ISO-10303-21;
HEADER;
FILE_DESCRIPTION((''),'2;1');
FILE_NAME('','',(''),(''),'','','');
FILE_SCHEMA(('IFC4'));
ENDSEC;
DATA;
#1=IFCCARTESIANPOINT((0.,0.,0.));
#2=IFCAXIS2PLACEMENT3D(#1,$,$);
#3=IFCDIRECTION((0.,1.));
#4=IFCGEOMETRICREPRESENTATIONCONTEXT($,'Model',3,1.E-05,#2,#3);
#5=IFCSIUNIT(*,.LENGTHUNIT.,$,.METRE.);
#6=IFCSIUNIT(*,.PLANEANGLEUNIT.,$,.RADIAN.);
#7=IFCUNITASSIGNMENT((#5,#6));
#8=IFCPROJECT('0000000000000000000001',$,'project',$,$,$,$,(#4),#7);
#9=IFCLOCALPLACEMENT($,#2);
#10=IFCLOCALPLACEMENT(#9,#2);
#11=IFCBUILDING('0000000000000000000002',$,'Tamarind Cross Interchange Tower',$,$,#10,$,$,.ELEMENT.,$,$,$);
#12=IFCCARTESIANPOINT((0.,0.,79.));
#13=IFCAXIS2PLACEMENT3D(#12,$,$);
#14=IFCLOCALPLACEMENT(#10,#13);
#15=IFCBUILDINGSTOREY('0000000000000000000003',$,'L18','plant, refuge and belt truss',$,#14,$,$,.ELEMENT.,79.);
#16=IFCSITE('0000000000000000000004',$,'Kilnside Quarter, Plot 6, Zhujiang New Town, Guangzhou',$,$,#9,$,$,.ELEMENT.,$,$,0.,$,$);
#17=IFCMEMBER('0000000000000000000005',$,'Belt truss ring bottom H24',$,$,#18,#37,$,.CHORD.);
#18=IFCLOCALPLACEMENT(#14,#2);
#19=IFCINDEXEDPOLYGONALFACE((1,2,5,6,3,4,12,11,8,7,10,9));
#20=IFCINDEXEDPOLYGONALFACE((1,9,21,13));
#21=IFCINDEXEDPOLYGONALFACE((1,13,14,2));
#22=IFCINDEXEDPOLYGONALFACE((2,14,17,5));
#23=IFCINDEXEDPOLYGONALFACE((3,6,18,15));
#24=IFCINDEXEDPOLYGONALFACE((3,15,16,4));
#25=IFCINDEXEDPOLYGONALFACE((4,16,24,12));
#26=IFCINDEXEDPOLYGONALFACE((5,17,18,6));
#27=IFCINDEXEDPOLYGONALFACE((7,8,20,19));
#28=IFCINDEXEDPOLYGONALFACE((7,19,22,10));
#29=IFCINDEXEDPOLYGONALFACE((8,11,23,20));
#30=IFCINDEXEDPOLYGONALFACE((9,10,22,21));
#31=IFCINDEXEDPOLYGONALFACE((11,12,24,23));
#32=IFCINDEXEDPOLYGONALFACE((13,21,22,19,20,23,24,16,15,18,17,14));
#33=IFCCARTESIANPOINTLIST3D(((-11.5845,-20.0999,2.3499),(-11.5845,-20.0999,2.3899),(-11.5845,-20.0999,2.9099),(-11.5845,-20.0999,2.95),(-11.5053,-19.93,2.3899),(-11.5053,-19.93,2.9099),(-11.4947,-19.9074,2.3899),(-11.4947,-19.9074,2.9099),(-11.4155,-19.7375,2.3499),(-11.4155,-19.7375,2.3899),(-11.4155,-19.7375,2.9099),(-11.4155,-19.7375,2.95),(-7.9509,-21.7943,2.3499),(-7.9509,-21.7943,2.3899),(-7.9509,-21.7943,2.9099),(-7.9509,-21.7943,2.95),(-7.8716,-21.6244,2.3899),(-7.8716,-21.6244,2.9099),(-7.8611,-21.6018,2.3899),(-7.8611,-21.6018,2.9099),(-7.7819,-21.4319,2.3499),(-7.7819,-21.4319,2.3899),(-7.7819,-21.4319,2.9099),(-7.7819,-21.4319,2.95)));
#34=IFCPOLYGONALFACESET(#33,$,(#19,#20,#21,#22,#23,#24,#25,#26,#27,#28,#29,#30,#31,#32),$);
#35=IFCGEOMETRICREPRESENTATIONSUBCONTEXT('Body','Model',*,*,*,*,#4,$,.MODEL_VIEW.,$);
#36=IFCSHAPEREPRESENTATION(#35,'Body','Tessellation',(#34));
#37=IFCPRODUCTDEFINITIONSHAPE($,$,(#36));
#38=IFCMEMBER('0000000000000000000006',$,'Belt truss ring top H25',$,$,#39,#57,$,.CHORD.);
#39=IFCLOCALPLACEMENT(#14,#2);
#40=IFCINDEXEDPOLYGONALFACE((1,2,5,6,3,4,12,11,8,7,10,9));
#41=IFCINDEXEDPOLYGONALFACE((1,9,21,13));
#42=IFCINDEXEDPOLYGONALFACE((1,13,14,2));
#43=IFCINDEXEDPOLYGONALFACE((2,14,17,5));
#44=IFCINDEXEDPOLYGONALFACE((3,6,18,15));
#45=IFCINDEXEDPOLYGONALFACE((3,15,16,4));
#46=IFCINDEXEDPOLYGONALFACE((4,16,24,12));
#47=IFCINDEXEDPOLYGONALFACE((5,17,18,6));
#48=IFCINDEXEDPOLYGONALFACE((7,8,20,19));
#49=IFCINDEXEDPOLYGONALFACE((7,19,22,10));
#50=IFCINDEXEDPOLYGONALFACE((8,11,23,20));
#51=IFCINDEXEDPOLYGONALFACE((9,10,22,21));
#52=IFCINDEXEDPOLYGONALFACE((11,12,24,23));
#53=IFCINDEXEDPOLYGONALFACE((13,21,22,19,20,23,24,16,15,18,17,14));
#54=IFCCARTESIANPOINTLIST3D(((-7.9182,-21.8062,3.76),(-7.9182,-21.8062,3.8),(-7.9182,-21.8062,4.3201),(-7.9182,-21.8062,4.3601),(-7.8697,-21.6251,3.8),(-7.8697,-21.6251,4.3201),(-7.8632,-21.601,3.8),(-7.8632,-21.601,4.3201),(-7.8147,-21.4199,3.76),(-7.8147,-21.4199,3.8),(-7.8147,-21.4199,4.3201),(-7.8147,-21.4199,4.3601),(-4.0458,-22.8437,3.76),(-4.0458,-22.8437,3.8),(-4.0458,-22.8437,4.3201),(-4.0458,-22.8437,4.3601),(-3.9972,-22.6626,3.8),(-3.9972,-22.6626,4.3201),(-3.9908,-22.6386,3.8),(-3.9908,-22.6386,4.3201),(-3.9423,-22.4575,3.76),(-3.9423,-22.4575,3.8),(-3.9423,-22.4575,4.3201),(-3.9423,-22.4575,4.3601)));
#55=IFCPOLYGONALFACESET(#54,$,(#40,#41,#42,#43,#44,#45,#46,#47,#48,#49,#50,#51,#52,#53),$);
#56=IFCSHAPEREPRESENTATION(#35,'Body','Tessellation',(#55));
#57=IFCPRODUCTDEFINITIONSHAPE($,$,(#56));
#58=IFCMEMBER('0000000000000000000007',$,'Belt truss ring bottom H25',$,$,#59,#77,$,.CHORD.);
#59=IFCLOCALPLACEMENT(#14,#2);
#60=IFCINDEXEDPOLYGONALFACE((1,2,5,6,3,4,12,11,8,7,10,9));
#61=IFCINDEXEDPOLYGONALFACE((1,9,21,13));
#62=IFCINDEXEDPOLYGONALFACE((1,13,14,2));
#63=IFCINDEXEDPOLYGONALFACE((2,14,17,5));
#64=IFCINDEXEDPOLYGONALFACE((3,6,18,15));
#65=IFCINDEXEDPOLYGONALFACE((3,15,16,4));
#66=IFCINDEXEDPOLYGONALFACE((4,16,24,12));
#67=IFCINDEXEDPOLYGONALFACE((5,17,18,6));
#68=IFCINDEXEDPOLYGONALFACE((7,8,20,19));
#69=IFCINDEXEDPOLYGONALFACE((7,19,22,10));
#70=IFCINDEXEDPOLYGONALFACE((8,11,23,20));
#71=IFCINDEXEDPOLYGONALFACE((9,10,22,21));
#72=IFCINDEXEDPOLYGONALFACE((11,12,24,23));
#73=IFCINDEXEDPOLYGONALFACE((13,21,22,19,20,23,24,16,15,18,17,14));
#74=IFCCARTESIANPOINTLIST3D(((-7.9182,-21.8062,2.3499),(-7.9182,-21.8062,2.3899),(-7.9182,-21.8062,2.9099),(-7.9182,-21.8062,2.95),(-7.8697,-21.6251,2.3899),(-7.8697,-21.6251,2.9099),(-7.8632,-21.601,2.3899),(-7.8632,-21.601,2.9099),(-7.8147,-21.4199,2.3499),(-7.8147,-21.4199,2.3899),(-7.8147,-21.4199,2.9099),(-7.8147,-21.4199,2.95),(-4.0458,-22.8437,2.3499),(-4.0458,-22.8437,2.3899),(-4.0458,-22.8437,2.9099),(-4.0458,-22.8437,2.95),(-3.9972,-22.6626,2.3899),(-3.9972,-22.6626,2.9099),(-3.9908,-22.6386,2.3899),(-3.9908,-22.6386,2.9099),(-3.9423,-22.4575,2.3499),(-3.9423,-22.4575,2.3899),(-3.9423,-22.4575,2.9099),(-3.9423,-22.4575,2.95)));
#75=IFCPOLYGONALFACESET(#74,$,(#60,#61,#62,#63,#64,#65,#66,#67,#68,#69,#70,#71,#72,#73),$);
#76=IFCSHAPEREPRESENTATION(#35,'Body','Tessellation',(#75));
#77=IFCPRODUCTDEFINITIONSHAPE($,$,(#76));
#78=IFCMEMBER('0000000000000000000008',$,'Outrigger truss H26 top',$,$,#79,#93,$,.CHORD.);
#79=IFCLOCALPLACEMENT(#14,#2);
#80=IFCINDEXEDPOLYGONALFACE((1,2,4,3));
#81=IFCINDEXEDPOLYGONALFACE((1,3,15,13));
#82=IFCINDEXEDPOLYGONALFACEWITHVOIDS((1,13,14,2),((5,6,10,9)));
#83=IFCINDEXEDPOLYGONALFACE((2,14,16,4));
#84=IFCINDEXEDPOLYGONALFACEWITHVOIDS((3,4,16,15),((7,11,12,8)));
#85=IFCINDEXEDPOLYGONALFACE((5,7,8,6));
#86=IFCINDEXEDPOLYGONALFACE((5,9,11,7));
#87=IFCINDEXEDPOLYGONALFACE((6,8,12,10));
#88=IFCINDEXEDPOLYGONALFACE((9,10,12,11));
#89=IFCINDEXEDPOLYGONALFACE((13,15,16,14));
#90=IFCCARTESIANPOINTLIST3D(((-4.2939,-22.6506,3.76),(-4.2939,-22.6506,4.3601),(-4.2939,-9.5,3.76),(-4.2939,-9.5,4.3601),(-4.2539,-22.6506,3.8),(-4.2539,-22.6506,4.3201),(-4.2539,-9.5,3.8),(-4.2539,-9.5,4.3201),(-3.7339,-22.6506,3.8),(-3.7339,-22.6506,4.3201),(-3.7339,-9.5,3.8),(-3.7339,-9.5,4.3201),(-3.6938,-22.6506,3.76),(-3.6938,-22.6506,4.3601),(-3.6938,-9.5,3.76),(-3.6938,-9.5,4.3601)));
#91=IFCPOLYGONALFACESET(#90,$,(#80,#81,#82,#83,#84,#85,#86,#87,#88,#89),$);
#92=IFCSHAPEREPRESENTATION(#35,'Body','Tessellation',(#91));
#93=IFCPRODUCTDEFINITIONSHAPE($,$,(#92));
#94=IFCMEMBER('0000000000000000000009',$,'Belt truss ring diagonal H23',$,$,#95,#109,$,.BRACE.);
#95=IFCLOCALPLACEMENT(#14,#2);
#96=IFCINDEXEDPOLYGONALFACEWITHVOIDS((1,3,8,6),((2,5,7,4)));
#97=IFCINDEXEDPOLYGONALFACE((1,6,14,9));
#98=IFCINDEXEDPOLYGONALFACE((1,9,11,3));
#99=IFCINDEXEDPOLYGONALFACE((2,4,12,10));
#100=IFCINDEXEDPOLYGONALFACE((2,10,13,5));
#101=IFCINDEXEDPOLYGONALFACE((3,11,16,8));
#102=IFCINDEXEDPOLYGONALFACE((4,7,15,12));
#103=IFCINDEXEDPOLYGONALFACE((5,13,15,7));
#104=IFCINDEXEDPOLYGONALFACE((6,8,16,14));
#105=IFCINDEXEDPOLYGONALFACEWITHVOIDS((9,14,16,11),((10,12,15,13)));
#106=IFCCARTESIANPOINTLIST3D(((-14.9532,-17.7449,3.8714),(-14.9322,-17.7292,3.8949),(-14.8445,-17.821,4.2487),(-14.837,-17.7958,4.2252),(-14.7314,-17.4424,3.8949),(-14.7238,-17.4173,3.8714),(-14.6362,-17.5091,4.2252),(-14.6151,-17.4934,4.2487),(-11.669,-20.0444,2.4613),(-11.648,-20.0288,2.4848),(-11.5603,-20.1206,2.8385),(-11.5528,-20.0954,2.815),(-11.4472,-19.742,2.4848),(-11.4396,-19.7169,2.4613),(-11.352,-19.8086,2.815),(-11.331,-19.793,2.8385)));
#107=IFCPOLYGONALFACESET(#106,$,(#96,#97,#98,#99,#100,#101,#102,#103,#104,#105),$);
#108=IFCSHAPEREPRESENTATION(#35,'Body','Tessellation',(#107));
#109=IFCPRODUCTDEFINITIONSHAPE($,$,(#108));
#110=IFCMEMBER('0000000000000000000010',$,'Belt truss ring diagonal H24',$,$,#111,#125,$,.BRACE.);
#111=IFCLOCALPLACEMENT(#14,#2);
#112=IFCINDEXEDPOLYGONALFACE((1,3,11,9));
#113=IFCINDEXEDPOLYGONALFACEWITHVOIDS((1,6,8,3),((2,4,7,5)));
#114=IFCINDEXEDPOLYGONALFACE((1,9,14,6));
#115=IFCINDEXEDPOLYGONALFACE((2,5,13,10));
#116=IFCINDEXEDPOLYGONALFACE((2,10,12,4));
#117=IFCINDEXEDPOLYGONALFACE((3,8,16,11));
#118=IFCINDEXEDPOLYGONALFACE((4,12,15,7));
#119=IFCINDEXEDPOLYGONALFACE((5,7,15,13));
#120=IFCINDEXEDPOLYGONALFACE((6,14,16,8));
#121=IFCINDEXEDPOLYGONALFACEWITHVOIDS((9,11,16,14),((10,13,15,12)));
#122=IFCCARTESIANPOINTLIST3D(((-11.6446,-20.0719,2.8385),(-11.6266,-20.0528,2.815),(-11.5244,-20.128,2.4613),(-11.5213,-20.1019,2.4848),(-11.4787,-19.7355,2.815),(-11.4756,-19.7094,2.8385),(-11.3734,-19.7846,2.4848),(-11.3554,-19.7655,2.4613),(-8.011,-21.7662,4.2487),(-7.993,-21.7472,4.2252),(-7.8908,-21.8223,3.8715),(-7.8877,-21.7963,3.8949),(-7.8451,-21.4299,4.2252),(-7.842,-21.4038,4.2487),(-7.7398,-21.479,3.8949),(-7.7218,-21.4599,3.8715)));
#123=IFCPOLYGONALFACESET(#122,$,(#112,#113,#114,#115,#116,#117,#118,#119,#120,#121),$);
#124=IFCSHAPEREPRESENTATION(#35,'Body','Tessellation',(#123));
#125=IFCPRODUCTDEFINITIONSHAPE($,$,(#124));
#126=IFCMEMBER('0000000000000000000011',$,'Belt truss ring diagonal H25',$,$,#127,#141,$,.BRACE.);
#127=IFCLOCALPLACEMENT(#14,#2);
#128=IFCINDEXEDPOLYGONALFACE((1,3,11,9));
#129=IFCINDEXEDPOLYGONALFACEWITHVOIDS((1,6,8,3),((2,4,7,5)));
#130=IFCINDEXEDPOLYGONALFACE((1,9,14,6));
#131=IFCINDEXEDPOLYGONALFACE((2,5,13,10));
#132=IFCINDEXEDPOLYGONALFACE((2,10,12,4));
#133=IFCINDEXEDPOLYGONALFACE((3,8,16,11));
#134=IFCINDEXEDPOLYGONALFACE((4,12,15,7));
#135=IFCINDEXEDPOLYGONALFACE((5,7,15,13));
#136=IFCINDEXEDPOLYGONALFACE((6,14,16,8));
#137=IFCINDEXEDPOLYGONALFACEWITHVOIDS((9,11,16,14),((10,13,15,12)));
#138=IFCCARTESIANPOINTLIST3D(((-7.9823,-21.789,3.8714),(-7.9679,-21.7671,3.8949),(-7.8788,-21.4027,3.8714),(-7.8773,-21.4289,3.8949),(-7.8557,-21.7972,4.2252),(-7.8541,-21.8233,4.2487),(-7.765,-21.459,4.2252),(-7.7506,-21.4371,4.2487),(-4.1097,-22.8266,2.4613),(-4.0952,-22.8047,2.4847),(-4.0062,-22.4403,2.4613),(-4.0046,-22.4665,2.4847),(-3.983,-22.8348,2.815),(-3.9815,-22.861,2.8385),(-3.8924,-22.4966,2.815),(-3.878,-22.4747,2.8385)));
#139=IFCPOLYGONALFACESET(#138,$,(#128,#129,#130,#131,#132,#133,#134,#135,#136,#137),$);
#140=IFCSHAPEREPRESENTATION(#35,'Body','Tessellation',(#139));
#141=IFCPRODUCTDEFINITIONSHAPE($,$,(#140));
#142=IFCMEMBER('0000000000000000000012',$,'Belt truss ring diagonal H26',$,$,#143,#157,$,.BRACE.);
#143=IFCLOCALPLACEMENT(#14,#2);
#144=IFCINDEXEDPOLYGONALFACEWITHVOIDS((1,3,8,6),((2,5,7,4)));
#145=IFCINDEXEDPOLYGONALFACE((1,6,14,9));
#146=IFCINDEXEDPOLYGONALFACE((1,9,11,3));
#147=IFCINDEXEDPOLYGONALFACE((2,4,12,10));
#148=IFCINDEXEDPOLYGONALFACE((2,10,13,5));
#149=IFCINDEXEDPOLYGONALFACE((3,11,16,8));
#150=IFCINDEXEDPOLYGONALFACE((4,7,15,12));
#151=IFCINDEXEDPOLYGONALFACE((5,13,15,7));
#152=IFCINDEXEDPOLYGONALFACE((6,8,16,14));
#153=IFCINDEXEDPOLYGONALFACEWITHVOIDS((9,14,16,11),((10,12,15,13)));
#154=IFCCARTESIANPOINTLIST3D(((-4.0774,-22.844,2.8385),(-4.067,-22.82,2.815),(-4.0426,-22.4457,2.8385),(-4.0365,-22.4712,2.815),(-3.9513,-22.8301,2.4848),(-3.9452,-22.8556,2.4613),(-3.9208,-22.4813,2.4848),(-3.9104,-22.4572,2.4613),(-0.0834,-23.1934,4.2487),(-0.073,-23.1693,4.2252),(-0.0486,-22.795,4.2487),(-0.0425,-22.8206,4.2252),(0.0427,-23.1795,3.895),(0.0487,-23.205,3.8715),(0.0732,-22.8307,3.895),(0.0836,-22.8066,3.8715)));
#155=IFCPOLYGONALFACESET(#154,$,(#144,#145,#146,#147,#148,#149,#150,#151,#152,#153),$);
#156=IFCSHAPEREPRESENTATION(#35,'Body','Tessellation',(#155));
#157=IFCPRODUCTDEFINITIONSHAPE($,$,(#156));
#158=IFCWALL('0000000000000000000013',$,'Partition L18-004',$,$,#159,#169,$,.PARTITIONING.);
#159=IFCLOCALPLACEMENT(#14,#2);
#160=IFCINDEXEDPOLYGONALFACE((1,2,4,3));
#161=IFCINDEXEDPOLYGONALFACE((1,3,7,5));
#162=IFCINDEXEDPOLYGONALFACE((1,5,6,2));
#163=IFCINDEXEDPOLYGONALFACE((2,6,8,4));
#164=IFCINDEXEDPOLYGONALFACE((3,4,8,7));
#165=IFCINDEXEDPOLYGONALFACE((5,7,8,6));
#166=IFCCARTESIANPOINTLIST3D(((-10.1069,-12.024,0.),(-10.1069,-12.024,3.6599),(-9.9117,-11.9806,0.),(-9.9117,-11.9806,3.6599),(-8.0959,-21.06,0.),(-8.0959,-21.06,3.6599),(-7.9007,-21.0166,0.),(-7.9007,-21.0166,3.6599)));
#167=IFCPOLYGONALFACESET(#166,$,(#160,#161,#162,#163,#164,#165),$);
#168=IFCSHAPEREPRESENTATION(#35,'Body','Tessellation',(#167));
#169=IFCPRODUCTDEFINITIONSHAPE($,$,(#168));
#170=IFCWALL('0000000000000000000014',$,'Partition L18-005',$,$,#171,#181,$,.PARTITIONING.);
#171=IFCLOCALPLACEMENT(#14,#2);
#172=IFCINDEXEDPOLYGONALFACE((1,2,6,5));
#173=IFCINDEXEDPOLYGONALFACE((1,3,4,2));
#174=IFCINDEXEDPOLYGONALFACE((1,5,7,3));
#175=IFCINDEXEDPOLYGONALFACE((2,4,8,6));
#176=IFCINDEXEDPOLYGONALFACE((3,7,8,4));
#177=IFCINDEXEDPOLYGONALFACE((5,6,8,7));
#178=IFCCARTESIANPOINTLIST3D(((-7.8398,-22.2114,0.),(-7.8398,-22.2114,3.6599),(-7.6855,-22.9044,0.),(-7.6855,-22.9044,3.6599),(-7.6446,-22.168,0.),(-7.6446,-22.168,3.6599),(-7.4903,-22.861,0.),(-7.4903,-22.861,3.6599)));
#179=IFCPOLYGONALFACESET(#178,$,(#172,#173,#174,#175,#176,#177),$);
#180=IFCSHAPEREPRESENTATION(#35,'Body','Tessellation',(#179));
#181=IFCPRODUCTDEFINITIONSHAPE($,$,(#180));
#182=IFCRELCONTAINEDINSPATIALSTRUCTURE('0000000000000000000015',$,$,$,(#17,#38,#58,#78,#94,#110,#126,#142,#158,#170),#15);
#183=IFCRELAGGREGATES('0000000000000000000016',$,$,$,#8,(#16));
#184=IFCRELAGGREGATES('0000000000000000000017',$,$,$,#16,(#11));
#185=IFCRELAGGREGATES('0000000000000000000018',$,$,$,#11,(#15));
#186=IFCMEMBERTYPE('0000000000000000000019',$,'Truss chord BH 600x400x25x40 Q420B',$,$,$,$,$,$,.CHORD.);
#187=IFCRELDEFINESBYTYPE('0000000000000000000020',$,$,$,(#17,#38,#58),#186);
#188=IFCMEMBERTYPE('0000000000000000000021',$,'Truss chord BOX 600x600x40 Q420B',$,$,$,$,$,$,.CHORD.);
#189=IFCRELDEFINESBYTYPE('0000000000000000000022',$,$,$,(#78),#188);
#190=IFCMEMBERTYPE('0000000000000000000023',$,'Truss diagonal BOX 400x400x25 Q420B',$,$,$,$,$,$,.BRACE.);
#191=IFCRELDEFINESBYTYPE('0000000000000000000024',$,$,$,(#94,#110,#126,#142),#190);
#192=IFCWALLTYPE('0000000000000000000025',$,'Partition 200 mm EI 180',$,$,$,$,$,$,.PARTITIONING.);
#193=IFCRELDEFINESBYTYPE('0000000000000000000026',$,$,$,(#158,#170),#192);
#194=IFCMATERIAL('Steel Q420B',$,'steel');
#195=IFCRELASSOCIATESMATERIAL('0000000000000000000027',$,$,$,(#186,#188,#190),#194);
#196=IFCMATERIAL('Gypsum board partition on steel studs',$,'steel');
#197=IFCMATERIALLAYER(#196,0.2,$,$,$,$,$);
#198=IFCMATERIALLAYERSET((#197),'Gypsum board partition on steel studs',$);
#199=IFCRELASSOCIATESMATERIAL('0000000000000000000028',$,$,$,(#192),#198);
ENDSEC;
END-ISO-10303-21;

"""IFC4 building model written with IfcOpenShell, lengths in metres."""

from ifc_helpers import new_model, si_unit, direction, frame, frame_2d, origin, origin_2d, place, context, subcontext, project, spatial, rectangle, hollow_rectangle, i_section, extrude, material, layer, layer_set, material_profile, profile_set, type_object, element, save


model = new_model("IFC4")

# Units and contexts
model_context = context("Model", 3, precision=1e-05, world=origin(), true_north=direction((0.0, 1.0)))
body_context = subcontext(model_context, "Body", "Model", "MODEL_VIEW")
ifc_project = project(units=[si_unit("LENGTHUNIT", "METRE"), si_unit("PLANEANGLEUNIT", "RADIAN")], contexts=[model_context])

# Site, building, storey
site_placement = place(None, origin())
site = spatial("IfcSite", under=ifc_project, at=site_placement, Name="Kilnside Quarter, Plot 6, Zhujiang New Town, Guangzhou", CompositionType="ELEMENT", RefElevation=0.0)
building_placement = place(site_placement, origin())
building = spatial("IfcBuilding", under=site, at=building_placement, Name="Tamarind Cross Interchange Tower", CompositionType="ELEMENT")
storey_placement = place(building_placement, frame((0.0, 0.0, 79.0)))
storey = spatial("IfcBuildingStorey", under=building, at=storey_placement, Name="L18", Description="plant, refuge and belt truss", CompositionType="ELEMENT", Elevation=79.0)

# Members
ifc_material_1 = material(Name="Steel Q420B", Category="steel")
ifc_material_profile_1 = material_profile(ifc_material_1, i_section(OverallWidth=0.3999, OverallDepth=0.6001, WebThickness=0.0249, FlangeThickness=0.04, at=origin_2d()), Name="BH 600x400x25x40")
ifc_profile_set_1 = profile_set([ifc_material_profile_1], Name="Steel Q420B")
member_type_1 = type_object("IfcMemberType", Name="Truss chord BH 600x400x25x40 Q420B", PredefinedType="CHORD", material=ifc_profile_set_1)
for number, where, z_axis, x_axis, name in (
    (1, (-11.5, -19.9187, 2.6499), (0.906309, -0.422615, 0.0), (0.422615, 0.906309, 0.0), "Belt truss ring bottom H24"),
):
    element("IfcMember", number, at=place(storey_placement, frame(where, z_axis=z_axis, x_axis=x_axis)), inside=storey, type_object=member_type_1, Name=name, PredefinedType="CHORD", context=body_context, shape_type="SweptSolid", body=[
        extrude(i_section(OverallWidth=0.3999, OverallDepth=0.6001, WebThickness=0.0249, FlangeThickness=0.04, at=origin_2d()), origin(), (0.0, 0.0, 1.0), 4.0093),
    ])
for number, where, z_axis, x_axis, name in (
    (2, (-7.8665, -21.613, 4.0601), (0.965929, -0.258807, 0.0), (0.258807, 0.965929, 0.0), "Belt truss ring top H25"),
    (3, (-7.8665, -21.613, 2.6499), (0.965929, -0.258807, 0.0), (0.258807, 0.965929, 0.0), "Belt truss ring bottom H25"),
):
    element("IfcMember", number, at=place(storey_placement, frame(where, z_axis=z_axis, x_axis=x_axis)), inside=storey, type_object=member_type_1, Name=name, PredefinedType="CHORD", context=body_context, shape_type="SweptSolid", body=[
        extrude(i_section(OverallWidth=0.3999, OverallDepth=0.6001, WebThickness=0.0249, FlangeThickness=0.04, at=origin_2d()), origin(), (0.0, 0.0, 1.0), 4.009),
    ])
ifc_material_profile_2 = material_profile(ifc_material_1, hollow_rectangle(XDim=0.6001, YDim=0.6001, WallThickness=0.04, at=origin_2d()), Name="BOX 600x600x40")
ifc_profile_set_2 = profile_set([ifc_material_profile_2], Name="Steel Q420B")
member_type_2 = type_object("IfcMemberType", Name="Truss chord BOX 600x600x40 Q420B", PredefinedType="CHORD", material=ifc_profile_set_2)
member_placement = place(storey_placement, frame((-3.9939, -9.5, 4.0601), z_axis=(0.0, -1.0, 0.0), x_axis=(1.0, 0.0, 0.0)))
element("IfcMember", 4, at=member_placement, inside=storey, type_object=member_type_2, Name="Outrigger truss H26 top", PredefinedType="CHORD", context=body_context, shape_type="SweptSolid", body=[
    extrude(hollow_rectangle(XDim=0.6001, YDim=0.6001, WallThickness=0.04, at=origin_2d()), origin(), (0.0, 0.0, 1.0), 13.1506),
])
ifc_material_profile_3 = material_profile(ifc_material_1, hollow_rectangle(XDim=0.3999, YDim=0.3999, WallThickness=0.0249, at=origin_2d()), Name="BOX 400x400x25")
ifc_profile_set_3 = profile_set([ifc_material_profile_3], Name="Steel Q420B")
member_type_3 = type_object("IfcMemberType", Name="Truss diagonal BOX 400x400x25 Q420B", PredefinedType="BRACE", material=ifc_profile_set_3)
for number, where, z_axis, x_axis, name in (
    (5, (-14.7842, -17.6191, 4.0601), (0.772751, -0.541075, -0.331803), (0.573569, 0.819158, 0.0), "Belt truss ring diagonal H23"),
    (6, (-11.5, -19.9187, 2.6499), (0.854964, -0.398673, 0.331806), (0.422615, 0.906309, 0.0), "Belt truss ring diagonal H24"),
    (7, (-7.8665, -21.613, 4.0601), (0.911206, -0.244145, -0.331807), (0.258807, 0.965929, 0.0), "Belt truss ring diagonal H25"),
    (8, (-3.9939, -22.6506, 2.6499), (0.939758, -0.082205, 0.331808), (0.087142, 0.996196, 0.0), "Belt truss ring diagonal H26"),
):
    element("IfcMember", number, at=place(storey_placement, frame(where, z_axis=z_axis, x_axis=x_axis)), inside=storey, type_object=member_type_3, Name=name, PredefinedType="BRACE", context=body_context, shape_type="SweptSolid", body=[
        extrude(hollow_rectangle(XDim=0.3999, YDim=0.3999, WallThickness=0.0249, at=origin_2d()), origin(), (0.0, 0.0, 1.0), 4.25),
    ])

# Walls
ifc_material_2 = material(Name="Gypsum board partition on steel studs", Category="steel")
ifc_layer_1 = layer(ifc_material_2, 0.2)
ifc_layer_set_1 = layer_set([ifc_layer_1], Name="Gypsum board partition on steel studs")
wall_type_1 = type_object("IfcWallType", Name="Partition 200 mm EI 180", PredefinedType="PARTITIONING", material=ifc_layer_set_1)
wall_1_placement = place(storey_placement, frame((-10.0093, -12.0024, 0.0), z_axis=(0.0, 0.0, 1.0), x_axis=(0.21724, -0.976118, 0.0)))
element("IfcWall", 9, at=wall_1_placement, inside=storey, type_object=wall_type_1, Name="Partition L18-004", PredefinedType="PARTITIONING", context=body_context, shape_type="SweptSolid", body=[
    extrude(rectangle(XDim=9.2571, YDim=0.2, at=frame_2d((4.6284, 0.0))), origin(), (0.0, 0.0, 1.0), 3.6599),
])
wall_2_placement = place(storey_placement, frame((-7.7422, -22.1897, 0.0), z_axis=(0.0, 0.0, 1.0), x_axis=(0.217367, -0.97609, 0.0)))
element("IfcWall", 10, at=wall_2_placement, inside=storey, type_object=wall_type_1, Name="Partition L18-005", PredefinedType="PARTITIONING", context=body_context, shape_type="SweptSolid", body=[
    extrude(rectangle(XDim=0.71, YDim=0.2, at=frame_2d((0.355, 0.0))), origin(), (0.0, 0.0, 1.0), 3.6599),
])

save(model, "model.ifc")
